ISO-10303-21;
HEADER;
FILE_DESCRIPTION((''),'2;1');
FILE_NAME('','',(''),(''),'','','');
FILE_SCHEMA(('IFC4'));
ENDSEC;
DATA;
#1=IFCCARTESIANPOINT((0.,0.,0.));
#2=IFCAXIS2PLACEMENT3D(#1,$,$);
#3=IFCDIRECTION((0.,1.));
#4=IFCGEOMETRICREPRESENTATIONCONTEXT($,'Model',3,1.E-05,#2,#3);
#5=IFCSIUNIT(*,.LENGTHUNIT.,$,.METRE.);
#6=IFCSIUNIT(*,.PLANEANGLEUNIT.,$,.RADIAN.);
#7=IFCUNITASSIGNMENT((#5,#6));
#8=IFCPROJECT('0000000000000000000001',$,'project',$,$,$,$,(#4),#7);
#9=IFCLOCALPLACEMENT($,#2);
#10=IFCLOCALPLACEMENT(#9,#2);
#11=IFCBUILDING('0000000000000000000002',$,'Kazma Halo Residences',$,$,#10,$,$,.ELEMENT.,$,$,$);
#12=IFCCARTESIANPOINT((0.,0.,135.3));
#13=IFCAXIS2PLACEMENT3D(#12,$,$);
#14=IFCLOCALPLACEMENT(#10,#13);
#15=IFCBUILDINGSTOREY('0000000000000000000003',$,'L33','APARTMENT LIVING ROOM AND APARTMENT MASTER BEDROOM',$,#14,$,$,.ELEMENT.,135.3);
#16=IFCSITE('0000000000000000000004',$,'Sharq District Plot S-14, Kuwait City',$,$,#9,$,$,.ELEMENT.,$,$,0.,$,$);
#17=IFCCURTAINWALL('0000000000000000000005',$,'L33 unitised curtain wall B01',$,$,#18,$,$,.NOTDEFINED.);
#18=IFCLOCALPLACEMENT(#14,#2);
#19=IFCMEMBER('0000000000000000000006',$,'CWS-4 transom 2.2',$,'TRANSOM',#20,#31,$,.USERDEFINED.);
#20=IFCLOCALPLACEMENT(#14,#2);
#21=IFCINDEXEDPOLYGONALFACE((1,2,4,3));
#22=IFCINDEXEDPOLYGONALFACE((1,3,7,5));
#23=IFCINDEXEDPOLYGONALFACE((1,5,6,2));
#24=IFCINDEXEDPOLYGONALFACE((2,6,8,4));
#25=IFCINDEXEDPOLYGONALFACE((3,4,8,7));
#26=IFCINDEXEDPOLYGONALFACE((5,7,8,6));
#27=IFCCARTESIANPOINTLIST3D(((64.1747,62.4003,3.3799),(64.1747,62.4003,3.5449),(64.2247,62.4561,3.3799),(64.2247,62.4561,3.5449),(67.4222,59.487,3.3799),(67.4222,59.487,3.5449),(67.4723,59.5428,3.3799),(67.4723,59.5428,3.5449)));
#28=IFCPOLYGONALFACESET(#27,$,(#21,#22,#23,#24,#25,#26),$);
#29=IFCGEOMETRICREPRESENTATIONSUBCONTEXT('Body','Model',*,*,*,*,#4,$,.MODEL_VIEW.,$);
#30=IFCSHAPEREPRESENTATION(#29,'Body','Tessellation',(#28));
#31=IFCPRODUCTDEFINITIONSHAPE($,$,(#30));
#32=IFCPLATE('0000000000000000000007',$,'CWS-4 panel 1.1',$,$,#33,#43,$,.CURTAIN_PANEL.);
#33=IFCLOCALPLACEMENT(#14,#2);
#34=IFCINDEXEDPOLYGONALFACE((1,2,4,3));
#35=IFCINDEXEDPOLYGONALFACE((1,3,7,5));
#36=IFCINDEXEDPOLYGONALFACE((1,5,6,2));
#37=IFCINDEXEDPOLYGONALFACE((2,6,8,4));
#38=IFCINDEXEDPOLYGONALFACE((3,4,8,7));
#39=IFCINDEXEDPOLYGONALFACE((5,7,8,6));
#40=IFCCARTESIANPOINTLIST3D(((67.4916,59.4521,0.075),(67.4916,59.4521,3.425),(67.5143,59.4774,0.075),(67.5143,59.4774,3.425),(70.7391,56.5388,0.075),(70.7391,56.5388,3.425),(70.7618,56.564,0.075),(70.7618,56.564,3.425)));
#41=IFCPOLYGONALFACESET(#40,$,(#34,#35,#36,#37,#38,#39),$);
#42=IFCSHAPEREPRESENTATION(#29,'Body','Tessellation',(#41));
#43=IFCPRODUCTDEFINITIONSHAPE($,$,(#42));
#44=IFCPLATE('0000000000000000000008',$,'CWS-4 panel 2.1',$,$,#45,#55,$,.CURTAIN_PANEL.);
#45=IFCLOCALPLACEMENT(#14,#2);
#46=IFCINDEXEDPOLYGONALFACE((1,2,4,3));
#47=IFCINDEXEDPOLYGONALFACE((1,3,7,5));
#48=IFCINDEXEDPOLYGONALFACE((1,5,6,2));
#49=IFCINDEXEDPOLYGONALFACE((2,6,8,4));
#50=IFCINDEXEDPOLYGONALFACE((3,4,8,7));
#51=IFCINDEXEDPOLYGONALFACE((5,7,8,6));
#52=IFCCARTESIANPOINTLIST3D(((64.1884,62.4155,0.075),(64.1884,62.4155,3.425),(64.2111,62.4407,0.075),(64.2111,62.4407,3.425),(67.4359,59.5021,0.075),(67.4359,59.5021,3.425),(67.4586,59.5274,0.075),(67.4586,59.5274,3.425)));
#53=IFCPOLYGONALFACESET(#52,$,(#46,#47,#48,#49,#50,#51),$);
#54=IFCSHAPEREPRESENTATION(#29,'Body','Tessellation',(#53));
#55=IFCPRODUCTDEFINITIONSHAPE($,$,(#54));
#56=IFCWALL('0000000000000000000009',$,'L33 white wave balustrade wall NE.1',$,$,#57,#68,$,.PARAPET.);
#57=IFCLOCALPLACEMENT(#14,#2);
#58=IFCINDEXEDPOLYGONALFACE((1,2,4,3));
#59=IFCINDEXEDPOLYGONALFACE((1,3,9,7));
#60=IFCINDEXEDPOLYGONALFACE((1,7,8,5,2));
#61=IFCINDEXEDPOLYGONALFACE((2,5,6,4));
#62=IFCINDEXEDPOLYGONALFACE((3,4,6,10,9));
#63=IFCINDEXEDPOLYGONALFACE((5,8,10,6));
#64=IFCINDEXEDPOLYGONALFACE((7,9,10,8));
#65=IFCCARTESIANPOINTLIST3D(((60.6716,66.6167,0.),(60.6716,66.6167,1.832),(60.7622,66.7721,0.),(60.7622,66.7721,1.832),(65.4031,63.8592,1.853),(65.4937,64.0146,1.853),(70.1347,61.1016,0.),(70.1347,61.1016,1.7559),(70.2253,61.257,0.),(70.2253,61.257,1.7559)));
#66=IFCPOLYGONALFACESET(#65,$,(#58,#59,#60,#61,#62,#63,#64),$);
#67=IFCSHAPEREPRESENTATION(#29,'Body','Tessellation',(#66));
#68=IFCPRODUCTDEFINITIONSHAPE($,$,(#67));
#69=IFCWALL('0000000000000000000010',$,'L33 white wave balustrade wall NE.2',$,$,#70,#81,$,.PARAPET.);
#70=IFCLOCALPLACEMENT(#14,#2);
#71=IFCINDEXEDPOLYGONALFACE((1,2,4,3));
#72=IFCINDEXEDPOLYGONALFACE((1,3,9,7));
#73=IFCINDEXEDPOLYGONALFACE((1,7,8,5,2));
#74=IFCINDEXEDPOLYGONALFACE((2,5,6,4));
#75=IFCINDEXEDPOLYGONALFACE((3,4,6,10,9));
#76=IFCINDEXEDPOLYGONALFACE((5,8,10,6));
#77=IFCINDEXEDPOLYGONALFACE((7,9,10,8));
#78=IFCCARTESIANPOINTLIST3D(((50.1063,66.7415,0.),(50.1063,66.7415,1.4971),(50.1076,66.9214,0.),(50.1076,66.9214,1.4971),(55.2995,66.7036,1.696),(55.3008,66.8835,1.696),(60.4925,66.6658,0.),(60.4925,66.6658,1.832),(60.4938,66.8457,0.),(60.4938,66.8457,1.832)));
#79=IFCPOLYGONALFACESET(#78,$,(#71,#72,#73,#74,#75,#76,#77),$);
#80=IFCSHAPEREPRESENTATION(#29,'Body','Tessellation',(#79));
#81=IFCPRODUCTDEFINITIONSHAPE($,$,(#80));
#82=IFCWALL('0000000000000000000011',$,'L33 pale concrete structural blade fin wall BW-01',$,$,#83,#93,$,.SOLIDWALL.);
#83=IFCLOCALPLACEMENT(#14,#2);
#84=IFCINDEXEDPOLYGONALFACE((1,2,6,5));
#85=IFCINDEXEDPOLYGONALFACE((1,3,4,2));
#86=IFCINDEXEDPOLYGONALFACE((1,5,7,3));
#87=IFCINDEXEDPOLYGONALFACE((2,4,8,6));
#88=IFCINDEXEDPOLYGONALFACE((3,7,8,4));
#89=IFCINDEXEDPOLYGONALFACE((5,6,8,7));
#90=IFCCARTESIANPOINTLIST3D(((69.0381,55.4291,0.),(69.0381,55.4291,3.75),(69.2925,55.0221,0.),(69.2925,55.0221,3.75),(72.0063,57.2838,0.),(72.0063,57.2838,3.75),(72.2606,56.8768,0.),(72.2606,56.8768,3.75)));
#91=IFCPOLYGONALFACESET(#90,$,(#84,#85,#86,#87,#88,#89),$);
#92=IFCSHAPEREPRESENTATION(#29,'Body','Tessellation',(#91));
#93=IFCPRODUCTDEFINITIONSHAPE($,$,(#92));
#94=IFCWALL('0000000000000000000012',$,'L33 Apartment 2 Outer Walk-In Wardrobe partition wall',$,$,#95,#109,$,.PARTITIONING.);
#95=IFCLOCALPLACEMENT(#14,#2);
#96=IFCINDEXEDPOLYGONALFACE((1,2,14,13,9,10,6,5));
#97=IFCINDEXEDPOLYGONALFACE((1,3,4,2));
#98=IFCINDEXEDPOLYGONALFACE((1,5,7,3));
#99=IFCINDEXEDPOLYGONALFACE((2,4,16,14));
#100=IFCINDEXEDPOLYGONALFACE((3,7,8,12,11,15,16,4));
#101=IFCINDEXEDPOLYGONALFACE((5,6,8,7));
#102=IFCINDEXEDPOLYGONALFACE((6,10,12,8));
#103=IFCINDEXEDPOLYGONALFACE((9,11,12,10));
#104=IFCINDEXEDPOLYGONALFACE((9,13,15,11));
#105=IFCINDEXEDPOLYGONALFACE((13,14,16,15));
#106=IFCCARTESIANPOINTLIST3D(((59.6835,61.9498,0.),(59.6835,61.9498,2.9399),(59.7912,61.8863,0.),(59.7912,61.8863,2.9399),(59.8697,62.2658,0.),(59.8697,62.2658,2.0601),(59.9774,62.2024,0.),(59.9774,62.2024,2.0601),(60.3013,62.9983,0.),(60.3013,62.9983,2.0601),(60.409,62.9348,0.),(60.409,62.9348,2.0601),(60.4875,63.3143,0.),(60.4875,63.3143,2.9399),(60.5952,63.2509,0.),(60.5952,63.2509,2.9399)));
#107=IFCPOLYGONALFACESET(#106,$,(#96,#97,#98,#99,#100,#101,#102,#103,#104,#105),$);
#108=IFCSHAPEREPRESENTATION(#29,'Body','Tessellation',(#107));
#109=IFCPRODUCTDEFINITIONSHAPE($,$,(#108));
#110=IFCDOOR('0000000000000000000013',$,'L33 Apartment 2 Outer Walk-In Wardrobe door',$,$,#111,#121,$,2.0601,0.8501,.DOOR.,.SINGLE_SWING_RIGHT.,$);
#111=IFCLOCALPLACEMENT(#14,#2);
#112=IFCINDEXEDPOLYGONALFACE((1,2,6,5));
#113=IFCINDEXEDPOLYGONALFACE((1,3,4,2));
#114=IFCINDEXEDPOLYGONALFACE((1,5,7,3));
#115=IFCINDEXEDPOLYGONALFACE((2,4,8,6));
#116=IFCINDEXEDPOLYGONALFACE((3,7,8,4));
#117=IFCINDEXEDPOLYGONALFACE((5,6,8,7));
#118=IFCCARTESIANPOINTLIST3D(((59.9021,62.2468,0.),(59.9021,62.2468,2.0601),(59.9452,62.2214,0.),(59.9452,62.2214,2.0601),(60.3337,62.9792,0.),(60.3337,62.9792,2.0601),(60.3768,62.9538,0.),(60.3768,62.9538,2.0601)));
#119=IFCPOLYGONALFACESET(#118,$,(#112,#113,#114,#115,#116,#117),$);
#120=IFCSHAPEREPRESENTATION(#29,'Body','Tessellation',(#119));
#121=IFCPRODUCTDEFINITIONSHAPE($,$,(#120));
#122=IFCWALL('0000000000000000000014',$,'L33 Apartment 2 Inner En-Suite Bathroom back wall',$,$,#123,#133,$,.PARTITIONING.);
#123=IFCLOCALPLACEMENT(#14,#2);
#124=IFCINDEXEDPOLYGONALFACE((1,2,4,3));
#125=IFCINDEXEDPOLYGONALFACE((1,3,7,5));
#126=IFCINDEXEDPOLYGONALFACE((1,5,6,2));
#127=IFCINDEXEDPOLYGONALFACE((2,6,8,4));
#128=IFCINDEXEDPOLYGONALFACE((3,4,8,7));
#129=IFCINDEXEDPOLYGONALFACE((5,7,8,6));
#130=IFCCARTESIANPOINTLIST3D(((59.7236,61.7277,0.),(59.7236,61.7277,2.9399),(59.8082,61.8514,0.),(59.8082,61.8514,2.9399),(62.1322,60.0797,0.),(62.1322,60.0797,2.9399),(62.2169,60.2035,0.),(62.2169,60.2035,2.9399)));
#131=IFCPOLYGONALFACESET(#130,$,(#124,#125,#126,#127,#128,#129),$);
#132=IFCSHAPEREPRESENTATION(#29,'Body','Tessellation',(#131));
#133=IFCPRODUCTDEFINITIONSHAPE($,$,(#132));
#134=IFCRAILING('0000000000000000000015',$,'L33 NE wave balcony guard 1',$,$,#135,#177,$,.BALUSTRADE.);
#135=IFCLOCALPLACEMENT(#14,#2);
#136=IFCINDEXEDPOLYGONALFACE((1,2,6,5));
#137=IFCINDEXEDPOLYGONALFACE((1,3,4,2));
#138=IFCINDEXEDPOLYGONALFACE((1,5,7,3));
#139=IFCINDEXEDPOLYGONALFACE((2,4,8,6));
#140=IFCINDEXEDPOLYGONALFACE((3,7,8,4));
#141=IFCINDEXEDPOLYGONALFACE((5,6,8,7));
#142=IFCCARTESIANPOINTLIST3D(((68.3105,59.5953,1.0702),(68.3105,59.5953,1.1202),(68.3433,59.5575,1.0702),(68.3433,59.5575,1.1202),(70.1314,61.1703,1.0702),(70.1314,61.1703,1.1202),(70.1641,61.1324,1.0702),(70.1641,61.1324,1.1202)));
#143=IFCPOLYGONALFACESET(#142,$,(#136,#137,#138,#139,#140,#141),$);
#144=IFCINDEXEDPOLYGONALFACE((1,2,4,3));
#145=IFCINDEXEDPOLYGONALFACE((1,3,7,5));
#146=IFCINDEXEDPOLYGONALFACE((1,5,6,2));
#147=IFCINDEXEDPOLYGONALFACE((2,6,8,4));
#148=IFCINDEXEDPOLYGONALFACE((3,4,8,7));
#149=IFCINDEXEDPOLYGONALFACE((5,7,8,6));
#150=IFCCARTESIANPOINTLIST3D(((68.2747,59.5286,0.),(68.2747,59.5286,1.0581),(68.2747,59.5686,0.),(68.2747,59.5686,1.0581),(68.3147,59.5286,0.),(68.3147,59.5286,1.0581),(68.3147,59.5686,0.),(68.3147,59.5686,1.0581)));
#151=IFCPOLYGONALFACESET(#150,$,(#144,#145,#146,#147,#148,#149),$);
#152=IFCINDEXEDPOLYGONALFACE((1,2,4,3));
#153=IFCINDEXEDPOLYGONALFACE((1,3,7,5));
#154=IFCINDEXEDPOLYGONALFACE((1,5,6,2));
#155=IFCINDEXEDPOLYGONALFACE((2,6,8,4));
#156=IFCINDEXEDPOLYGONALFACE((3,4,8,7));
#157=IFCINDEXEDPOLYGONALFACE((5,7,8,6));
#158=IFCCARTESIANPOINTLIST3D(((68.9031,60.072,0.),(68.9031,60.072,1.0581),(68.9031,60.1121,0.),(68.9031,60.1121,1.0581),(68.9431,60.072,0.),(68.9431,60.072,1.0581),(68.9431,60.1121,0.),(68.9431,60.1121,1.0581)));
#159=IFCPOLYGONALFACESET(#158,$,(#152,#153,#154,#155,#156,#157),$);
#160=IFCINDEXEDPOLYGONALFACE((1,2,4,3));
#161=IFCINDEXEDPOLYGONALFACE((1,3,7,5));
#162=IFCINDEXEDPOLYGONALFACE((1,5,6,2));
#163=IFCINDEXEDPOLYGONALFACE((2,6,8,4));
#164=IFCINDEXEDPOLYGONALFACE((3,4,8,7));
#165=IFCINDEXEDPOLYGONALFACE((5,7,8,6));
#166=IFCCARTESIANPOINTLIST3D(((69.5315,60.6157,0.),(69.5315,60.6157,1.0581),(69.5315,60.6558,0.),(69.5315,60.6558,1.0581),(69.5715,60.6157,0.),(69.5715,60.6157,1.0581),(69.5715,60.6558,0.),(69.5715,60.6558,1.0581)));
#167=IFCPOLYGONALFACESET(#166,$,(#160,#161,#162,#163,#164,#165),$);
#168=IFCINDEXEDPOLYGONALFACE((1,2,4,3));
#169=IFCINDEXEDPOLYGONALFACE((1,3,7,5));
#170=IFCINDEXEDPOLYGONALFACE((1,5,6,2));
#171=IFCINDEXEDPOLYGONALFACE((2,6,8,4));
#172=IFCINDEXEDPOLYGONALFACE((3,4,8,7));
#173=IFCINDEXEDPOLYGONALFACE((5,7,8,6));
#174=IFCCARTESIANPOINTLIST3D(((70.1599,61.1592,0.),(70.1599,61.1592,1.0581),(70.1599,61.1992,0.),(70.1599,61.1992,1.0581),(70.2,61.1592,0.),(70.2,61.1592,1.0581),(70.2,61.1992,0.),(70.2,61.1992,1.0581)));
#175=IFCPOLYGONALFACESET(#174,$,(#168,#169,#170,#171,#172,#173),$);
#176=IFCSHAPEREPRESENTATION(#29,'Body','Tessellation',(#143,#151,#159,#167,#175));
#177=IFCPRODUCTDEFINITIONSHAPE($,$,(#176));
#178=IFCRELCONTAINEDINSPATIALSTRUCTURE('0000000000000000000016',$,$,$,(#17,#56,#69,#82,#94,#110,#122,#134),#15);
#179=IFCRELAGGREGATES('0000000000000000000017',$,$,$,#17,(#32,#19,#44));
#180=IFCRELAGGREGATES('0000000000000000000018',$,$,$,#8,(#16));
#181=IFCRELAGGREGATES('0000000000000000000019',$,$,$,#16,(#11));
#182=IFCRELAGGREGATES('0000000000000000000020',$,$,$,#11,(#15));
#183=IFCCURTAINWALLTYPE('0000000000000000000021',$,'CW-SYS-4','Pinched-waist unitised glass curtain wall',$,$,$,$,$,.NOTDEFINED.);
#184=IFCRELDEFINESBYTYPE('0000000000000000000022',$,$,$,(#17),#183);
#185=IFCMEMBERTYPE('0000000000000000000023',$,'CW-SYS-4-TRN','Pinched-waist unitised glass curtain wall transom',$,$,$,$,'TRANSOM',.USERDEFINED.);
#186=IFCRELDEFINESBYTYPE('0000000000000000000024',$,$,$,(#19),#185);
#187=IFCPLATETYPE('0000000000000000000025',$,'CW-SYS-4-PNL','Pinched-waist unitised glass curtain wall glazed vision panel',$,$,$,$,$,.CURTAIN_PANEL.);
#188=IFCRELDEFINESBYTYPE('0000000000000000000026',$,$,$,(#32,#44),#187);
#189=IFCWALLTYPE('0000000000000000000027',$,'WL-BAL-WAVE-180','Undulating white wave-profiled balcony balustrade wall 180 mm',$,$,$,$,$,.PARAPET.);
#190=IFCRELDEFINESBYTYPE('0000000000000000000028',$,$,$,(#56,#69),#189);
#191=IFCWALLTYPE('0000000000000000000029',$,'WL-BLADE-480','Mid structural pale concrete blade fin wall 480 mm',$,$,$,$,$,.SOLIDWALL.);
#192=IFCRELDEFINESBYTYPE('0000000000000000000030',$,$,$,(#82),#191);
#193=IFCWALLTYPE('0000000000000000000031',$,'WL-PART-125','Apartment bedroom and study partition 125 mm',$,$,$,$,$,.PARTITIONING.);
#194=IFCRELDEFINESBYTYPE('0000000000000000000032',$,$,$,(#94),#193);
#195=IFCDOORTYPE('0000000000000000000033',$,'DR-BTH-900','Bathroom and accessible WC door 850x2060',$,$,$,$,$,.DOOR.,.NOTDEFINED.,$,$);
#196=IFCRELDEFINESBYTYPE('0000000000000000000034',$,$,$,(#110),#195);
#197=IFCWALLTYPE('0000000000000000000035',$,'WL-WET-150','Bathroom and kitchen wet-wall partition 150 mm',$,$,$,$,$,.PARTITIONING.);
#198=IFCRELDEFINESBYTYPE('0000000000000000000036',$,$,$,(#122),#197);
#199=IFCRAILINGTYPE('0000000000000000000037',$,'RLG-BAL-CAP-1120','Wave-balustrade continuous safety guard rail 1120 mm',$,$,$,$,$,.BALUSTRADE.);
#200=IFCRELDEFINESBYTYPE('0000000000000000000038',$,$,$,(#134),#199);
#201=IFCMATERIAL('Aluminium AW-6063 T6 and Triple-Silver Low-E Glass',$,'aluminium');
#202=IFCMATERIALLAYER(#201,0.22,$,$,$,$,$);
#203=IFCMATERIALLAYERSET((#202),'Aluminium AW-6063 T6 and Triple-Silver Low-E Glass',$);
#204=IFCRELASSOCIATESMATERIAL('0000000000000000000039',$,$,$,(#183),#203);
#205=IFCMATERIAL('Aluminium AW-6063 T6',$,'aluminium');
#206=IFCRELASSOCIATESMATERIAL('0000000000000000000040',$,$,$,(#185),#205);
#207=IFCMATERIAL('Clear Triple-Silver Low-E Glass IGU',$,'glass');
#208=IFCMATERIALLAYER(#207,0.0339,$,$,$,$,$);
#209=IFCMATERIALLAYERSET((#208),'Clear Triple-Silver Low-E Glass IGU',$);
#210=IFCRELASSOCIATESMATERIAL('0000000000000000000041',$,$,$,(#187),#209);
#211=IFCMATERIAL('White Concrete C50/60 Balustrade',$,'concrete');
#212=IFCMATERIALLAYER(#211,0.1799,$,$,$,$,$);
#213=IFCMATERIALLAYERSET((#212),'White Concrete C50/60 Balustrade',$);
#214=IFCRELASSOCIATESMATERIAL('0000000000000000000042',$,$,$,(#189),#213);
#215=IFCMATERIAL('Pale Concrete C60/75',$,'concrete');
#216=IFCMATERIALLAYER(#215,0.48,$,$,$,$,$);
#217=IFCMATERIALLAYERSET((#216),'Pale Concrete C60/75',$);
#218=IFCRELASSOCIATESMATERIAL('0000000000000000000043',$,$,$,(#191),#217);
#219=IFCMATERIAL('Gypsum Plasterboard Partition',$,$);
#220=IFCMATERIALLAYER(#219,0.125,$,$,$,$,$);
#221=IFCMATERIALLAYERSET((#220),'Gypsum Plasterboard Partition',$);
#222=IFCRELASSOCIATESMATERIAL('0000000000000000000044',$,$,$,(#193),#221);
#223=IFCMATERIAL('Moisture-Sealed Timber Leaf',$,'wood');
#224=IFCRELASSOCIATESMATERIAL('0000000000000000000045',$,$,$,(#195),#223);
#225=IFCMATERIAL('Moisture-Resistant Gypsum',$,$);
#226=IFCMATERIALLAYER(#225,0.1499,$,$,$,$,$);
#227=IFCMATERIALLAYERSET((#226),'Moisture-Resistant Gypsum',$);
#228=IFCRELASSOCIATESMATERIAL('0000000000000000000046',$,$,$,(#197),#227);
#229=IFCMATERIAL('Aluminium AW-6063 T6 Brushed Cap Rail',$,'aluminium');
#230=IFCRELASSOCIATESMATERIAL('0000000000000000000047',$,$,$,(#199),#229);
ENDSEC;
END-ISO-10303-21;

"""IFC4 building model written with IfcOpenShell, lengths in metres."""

from ifc_helpers import new_model, si_unit, direction, frame, frame_2d, origin, origin_2d, place, context, subcontext, project, spatial, polyline, rectangle, outline, extrude, material, layer, layer_set, material_profile, profile_set, type_object, element, fill, aggregate, save


model = new_model("IFC4")

# Units and contexts
model_context = context("Model", 3, precision=1e-05, world=origin(), true_north=direction((0.0, 1.0)))
body_context = subcontext(model_context, "Body", "Model", "MODEL_VIEW")
ifc_project = project(units=[si_unit("LENGTHUNIT", "METRE"), si_unit("PLANEANGLEUNIT", "RADIAN")], contexts=[model_context])

# Site, building, storey
site_placement = place(None, origin())
site = spatial("IfcSite", under=ifc_project, at=site_placement, Name="Sharq District Plot S-14, Kuwait City", CompositionType="ELEMENT", RefElevation=0.0)
building_placement = place(site_placement, origin())
building = spatial("IfcBuilding", under=site, at=building_placement, Name="Kazma Halo Residences", CompositionType="ELEMENT")
storey_placement = place(building_placement, frame((0.0, 0.0, 135.3)))
storey = spatial("IfcBuildingStorey", under=building, at=storey_placement, Name="L33", Description="APARTMENT LIVING ROOM AND APARTMENT MASTER BEDROOM", CompositionType="ELEMENT", Elevation=135.3)

# Curtain wall
ifc_material_1 = material(Name="Aluminium AW-6063 T6 and Triple-Silver Low-E Glass", Category="aluminium")
ifc_layer_1 = layer(ifc_material_1, 0.22)
ifc_layer_set_1 = layer_set([ifc_layer_1], Name="Aluminium AW-6063 T6 and Triple-Silver Low-E Glass")
curtain_wall_type = type_object("IfcCurtainWallType", Name="CW-SYS-4", Description="Pinched-waist unitised glass curtain wall", PredefinedType="NOTDEFINED", material=ifc_layer_set_1)
curtain_wall_1_placement = place(storey_placement, origin())
curtain_wall_1 = element("IfcCurtainWall", 1, at=curtain_wall_1_placement, inside=storey, type_object=curtain_wall_type, Name="L33 unitised curtain wall B01", PredefinedType="NOTDEFINED")
ifc_material_2 = material(Name="Aluminium AW-6063 T6", Category="aluminium")

# Member
ifc_material_profile_1 = material_profile(ifc_material_2, rectangle(XDim=0.075, YDim=0.165, at=origin_2d()), Name="CWT-75x165")
ifc_profile_set_1 = profile_set([ifc_material_profile_1], Name="Aluminium AW-6063 T6")
member_type_1 = type_object("IfcMemberType", Name="CW-SYS-4-TRN", Description="Pinched-waist unitised glass curtain wall transom", ElementType="TRANSOM", PredefinedType="USERDEFINED", material=ifc_profile_set_1)
member_1_placement = place(storey_placement, frame((67.4473, 59.5149, 3.4624), z_axis=(-0.744373, 0.667764, 0.0), x_axis=(-0.667764, -0.744373, 0.0)))
member_1 = element("IfcMember", 2, at=member_1_placement, type_object=member_type_1, Name="CWS-4 transom 2.2", ObjectType="TRANSOM", PredefinedType="USERDEFINED", context=body_context, shape_type="SweptSolid", body=[
    extrude(rectangle(XDim=0.075, YDim=0.165, at=origin_2d()), origin(), (0.0, 0.0, 1.0), 4.3628),
])

# Plates
ifc_material_3 = material(Name="Clear Triple-Silver Low-E Glass IGU", Category="glass")
ifc_layer_2 = layer(ifc_material_3, 0.0339)
ifc_layer_set_2 = layer_set([ifc_layer_2], Name="Clear Triple-Silver Low-E Glass IGU")
plate_type = type_object("IfcPlateType", Name="CW-SYS-4-PNL", Description="Pinched-waist unitised glass curtain wall glazed vision panel", PredefinedType="CURTAIN_PANEL", material=ifc_layer_set_2)
plate_1_placement = place(storey_placement, frame((69.1267, 58.0081, 0.075), z_axis=(0.0, 0.0, 1.0), x_axis=(-0.744368, 0.66777, 0.0)))
plate_1 = element("IfcPlate", 3, at=plate_1_placement, type_object=plate_type, Name="CWS-4 panel 1.1", PredefinedType="CURTAIN_PANEL", context=body_context, shape_type="SweptSolid", body=[
    extrude(rectangle(XDim=4.3628, YDim=0.0339, at=origin_2d()), origin(), (0.0, 0.0, 1.0), 3.3501),
])
plate_2_placement = place(storey_placement, frame((65.8235, 60.9714, 0.075), z_axis=(0.0, 0.0, 1.0), x_axis=(-0.744368, 0.66777, 0.0)))
plate_2 = element("IfcPlate", 4, at=plate_2_placement, type_object=plate_type, Name="CWS-4 panel 2.1", PredefinedType="CURTAIN_PANEL", context=body_context, shape_type="SweptSolid", body=[
    extrude(rectangle(XDim=4.3628, YDim=0.0339, at=origin_2d()), origin(), (0.0, 0.0, 1.0), 3.3501),
])
aggregate(curtain_wall_1, [plate_1, member_1, plate_2])

# Walls
ifc_material_4 = material(Name="White Concrete C50/60 Balustrade", Category="concrete")
ifc_layer_3 = layer(ifc_material_4, 0.1799)
ifc_layer_set_3 = layer_set([ifc_layer_3], Name="White Concrete C50/60 Balustrade")
wall_type_1 = type_object("IfcWallType", Name="WL-BAL-WAVE-180", Description="Undulating white wave-profiled balcony balustrade wall 180 mm", PredefinedType="PARAPET", material=ifc_layer_set_3)
wall_1_placement = place(storey_placement, frame((70.1799, 61.1792, 0.0), z_axis=(0.0, 0.0, 1.0), x_axis=(-0.863979, 0.503529, 0.0)))
element("IfcWall", 5, at=wall_1_placement, inside=storey, type_object=wall_type_1, Name="L33 white wave balustrade wall NE.1", PredefinedType="PARAPET", context=body_context, shape_type="SweptSolid", body=[
    extrude(outline(polyline([(0.0, 0.0), (10.9529, 0.0), (10.9529, 1.832), (5.4766, 1.853), (0.0, 1.7559), (0.0, 0.0)])), frame((0.0, 0.0898, 0.0), z_axis=(0.0, -1.0, 0.0), x_axis=(1.0, 0.0, 0.0)), (0.0, 0.0, 1.0), 0.1799),
])
wall_2_placement = place(storey_placement, frame((60.4932, 66.7556, 0.0), z_axis=(0.0, 0.0, 1.0), x_axis=(-0.999973, 0.007287, 0.0)))
element("IfcWall", 6, at=wall_2_placement, inside=storey, type_object=wall_type_1, Name="L33 white wave balustrade wall NE.2", PredefinedType="PARAPET", context=body_context, shape_type="SweptSolid", body=[
    extrude(outline(polyline([(0.0, 0.0), (10.3865, 0.0), (10.3865, 1.4971), (5.1931, 1.696), (0.0, 1.832), (0.0, 0.0)])), frame((0.0, 0.0898, 0.0), z_axis=(0.0, -1.0, 0.0), x_axis=(1.0, 0.0, 0.0)), (0.0, 0.0, 1.0), 0.1799),
])
ifc_material_5 = material(Name="Pale Concrete C60/75", Category="concrete")
ifc_layer_4 = layer(ifc_material_5, 0.48)
ifc_layer_set_4 = layer_set([ifc_layer_4], Name="Pale Concrete C60/75")
wall_type_2 = type_object("IfcWallType", Name="WL-BLADE-480", Description="Mid structural pale concrete blade fin wall 480 mm", PredefinedType="SOLIDWALL", material=ifc_layer_set_4)
wall_3_placement = place(storey_placement, frame((69.1653, 55.2256, 0.0), z_axis=(0.0, 0.0, 1.0), x_axis=(0.848053, 0.529911, 0.0)))
element("IfcWall", 7, at=wall_3_placement, inside=storey, type_object=wall_type_2, Name="L33 pale concrete structural blade fin wall BW-01", PredefinedType="SOLIDWALL", context=body_context, shape_type="SweptSolid", body=[
    extrude(rectangle(XDim=3.5, YDim=0.48, at=frame_2d((1.75, 0.0))), origin(), (0.0, 0.0, 1.0), 3.75),
])

# Wall, opening, door
ifc_material_6 = material(Name="Gypsum Plasterboard Partition")
ifc_layer_5 = layer(ifc_material_6, 0.125)
ifc_layer_set_5 = layer_set([ifc_layer_5], Name="Gypsum Plasterboard Partition")
wall_type_3 = type_object("IfcWallType", Name="WL-PART-125", Description="Apartment bedroom and study partition 125 mm", PredefinedType="PARTITIONING", material=ifc_layer_set_5)
wall_4_placement = place(storey_placement, frame((59.7373, 61.918, 0.0), z_axis=(0.0, 0.0, 1.0), x_axis=(0.507633, 0.861573, 0.0)))
wall_4 = element("IfcWall", 8, at=wall_4_placement, inside=storey, type_object=wall_type_3, Name="L33 Apartment 2 Outer Walk-In Wardrobe partition wall", PredefinedType="PARTITIONING", context=body_context, shape_type="SweptSolid", body=[
    extrude(rectangle(XDim=1.5837, YDim=0.125, at=frame_2d((0.792, 0.0))), origin(), (0.0, 0.0, 1.0), 2.9399),
])
opening_1_placement = place(wall_4_placement, frame((0.3669, 0.0, 0.0)))
opening_1 = element("IfcOpeningElement", 9, at=opening_1_placement, cuts=wall_4, PredefinedType="OPENING", context=body_context, shape_type="SweptSolid", body=[
    extrude(rectangle(XDim=0.8501, YDim=2.0601, at=frame_2d((0.425, 1.03))), frame((0.0, 0.0725, 0.0), z_axis=(0.0, -1.0, 0.0), x_axis=(1.0, 0.0, 0.0)), (0.0, 0.0, 1.0), 0.145),
])
ifc_material_7 = material(Name="Moisture-Sealed Timber Leaf", Category="wood")
door_type_1 = type_object("IfcDoorType", Name="DR-BTH-900", Description="Bathroom and accessible WC door 850x2060", OperationType="NOTDEFINED", PredefinedType="DOOR", material=ifc_material_7)
door_1_placement = place(opening_1_placement, origin())
door_1 = element("IfcDoor", 10, at=door_1_placement, inside=storey, type_object=door_type_1, Name="L33 Apartment 2 Outer Walk-In Wardrobe door", OperationType="SINGLE_SWING_RIGHT", OverallHeight=2.0601, OverallWidth=0.8501, PredefinedType="DOOR", context=body_context, shape_type="SweptSolid", body=[
    extrude(rectangle(XDim=0.8501, YDim=2.0601, at=frame_2d((0.425, 1.03))), frame((0.0, 0.0249, 0.0), z_axis=(0.0, -1.0, 0.0), x_axis=(1.0, 0.0, 0.0)), (0.0, 0.0, 1.0), 0.05),
])
fill(opening_1, door_1)

# Wall
ifc_material_8 = material(Name="Moisture-Resistant Gypsum")
ifc_layer_6 = layer(ifc_material_8, 0.1499)
ifc_layer_set_6 = layer_set([ifc_layer_6], Name="Moisture-Resistant Gypsum")
wall_type_4 = type_object("IfcWallType", Name="WL-WET-150", Description="Bathroom and kitchen wet-wall partition 150 mm", PredefinedType="PARTITIONING", material=ifc_layer_set_6)
wall_5_placement = place(storey_placement, frame((62.1746, 60.1416, 0.0), z_axis=(0.0, 0.0, 1.0), x_axis=(-0.825324, 0.56466, 0.0)))
element("IfcWall", 11, at=wall_5_placement, inside=storey, type_object=wall_type_4, Name="L33 Apartment 2 Inner En-Suite Bathroom back wall", PredefinedType="PARTITIONING", context=body_context, shape_type="SweptSolid", body=[
    extrude(rectangle(XDim=2.9185, YDim=0.1499, at=frame_2d((1.4592, 0.0))), origin(), (0.0, 0.0, 1.0), 2.9399),
])

# Railing
ifc_material_9 = material(Name="Aluminium AW-6063 T6 Brushed Cap Rail", Category="aluminium")
railing_type = type_object("IfcRailingType", Name="RLG-BAL-CAP-1120", Description="Wave-balustrade continuous safety guard rail 1120 mm", PredefinedType="BALUSTRADE", material=ifc_material_9)
railing_1_placement = place(storey_placement, frame((68.2947, 59.5486, 0.0)))
element("IfcRailing", 12, at=railing_1_placement, inside=storey, type_object=railing_type, Name="L33 NE wave balcony guard 1", PredefinedType="BALUSTRADE", context=body_context, shape_type="SweptSolid", body=[
    extrude(rectangle(XDim=0.05, YDim=0.05, at=origin_2d()), frame((0.0322, 0.0278, 1.0952), z_axis=(0.756338, 0.654181, 0.0), x_axis=(-0.654181, 0.756338, 0.0)), (0.0, 0.0, 1.0), 2.4075),
    extrude(rectangle(XDim=0.04, YDim=0.04, at=origin_2d()), origin(), (0.0, 0.0, 1.0), 1.0581),
    extrude(rectangle(XDim=0.04, YDim=0.04, at=origin_2d()), frame((0.6284, 0.5435, 0.0)), (0.0, 0.0, 1.0), 1.0581),
    extrude(rectangle(XDim=0.04, YDim=0.04, at=origin_2d()), frame((1.2568, 1.0872, 0.0)), (0.0, 0.0, 1.0), 1.0581),
    extrude(rectangle(XDim=0.04, YDim=0.04, at=origin_2d()), frame((1.8853, 1.6306, 0.0)), (0.0, 0.0, 1.0), 1.0581),
])

save(model, "model.ifc")
